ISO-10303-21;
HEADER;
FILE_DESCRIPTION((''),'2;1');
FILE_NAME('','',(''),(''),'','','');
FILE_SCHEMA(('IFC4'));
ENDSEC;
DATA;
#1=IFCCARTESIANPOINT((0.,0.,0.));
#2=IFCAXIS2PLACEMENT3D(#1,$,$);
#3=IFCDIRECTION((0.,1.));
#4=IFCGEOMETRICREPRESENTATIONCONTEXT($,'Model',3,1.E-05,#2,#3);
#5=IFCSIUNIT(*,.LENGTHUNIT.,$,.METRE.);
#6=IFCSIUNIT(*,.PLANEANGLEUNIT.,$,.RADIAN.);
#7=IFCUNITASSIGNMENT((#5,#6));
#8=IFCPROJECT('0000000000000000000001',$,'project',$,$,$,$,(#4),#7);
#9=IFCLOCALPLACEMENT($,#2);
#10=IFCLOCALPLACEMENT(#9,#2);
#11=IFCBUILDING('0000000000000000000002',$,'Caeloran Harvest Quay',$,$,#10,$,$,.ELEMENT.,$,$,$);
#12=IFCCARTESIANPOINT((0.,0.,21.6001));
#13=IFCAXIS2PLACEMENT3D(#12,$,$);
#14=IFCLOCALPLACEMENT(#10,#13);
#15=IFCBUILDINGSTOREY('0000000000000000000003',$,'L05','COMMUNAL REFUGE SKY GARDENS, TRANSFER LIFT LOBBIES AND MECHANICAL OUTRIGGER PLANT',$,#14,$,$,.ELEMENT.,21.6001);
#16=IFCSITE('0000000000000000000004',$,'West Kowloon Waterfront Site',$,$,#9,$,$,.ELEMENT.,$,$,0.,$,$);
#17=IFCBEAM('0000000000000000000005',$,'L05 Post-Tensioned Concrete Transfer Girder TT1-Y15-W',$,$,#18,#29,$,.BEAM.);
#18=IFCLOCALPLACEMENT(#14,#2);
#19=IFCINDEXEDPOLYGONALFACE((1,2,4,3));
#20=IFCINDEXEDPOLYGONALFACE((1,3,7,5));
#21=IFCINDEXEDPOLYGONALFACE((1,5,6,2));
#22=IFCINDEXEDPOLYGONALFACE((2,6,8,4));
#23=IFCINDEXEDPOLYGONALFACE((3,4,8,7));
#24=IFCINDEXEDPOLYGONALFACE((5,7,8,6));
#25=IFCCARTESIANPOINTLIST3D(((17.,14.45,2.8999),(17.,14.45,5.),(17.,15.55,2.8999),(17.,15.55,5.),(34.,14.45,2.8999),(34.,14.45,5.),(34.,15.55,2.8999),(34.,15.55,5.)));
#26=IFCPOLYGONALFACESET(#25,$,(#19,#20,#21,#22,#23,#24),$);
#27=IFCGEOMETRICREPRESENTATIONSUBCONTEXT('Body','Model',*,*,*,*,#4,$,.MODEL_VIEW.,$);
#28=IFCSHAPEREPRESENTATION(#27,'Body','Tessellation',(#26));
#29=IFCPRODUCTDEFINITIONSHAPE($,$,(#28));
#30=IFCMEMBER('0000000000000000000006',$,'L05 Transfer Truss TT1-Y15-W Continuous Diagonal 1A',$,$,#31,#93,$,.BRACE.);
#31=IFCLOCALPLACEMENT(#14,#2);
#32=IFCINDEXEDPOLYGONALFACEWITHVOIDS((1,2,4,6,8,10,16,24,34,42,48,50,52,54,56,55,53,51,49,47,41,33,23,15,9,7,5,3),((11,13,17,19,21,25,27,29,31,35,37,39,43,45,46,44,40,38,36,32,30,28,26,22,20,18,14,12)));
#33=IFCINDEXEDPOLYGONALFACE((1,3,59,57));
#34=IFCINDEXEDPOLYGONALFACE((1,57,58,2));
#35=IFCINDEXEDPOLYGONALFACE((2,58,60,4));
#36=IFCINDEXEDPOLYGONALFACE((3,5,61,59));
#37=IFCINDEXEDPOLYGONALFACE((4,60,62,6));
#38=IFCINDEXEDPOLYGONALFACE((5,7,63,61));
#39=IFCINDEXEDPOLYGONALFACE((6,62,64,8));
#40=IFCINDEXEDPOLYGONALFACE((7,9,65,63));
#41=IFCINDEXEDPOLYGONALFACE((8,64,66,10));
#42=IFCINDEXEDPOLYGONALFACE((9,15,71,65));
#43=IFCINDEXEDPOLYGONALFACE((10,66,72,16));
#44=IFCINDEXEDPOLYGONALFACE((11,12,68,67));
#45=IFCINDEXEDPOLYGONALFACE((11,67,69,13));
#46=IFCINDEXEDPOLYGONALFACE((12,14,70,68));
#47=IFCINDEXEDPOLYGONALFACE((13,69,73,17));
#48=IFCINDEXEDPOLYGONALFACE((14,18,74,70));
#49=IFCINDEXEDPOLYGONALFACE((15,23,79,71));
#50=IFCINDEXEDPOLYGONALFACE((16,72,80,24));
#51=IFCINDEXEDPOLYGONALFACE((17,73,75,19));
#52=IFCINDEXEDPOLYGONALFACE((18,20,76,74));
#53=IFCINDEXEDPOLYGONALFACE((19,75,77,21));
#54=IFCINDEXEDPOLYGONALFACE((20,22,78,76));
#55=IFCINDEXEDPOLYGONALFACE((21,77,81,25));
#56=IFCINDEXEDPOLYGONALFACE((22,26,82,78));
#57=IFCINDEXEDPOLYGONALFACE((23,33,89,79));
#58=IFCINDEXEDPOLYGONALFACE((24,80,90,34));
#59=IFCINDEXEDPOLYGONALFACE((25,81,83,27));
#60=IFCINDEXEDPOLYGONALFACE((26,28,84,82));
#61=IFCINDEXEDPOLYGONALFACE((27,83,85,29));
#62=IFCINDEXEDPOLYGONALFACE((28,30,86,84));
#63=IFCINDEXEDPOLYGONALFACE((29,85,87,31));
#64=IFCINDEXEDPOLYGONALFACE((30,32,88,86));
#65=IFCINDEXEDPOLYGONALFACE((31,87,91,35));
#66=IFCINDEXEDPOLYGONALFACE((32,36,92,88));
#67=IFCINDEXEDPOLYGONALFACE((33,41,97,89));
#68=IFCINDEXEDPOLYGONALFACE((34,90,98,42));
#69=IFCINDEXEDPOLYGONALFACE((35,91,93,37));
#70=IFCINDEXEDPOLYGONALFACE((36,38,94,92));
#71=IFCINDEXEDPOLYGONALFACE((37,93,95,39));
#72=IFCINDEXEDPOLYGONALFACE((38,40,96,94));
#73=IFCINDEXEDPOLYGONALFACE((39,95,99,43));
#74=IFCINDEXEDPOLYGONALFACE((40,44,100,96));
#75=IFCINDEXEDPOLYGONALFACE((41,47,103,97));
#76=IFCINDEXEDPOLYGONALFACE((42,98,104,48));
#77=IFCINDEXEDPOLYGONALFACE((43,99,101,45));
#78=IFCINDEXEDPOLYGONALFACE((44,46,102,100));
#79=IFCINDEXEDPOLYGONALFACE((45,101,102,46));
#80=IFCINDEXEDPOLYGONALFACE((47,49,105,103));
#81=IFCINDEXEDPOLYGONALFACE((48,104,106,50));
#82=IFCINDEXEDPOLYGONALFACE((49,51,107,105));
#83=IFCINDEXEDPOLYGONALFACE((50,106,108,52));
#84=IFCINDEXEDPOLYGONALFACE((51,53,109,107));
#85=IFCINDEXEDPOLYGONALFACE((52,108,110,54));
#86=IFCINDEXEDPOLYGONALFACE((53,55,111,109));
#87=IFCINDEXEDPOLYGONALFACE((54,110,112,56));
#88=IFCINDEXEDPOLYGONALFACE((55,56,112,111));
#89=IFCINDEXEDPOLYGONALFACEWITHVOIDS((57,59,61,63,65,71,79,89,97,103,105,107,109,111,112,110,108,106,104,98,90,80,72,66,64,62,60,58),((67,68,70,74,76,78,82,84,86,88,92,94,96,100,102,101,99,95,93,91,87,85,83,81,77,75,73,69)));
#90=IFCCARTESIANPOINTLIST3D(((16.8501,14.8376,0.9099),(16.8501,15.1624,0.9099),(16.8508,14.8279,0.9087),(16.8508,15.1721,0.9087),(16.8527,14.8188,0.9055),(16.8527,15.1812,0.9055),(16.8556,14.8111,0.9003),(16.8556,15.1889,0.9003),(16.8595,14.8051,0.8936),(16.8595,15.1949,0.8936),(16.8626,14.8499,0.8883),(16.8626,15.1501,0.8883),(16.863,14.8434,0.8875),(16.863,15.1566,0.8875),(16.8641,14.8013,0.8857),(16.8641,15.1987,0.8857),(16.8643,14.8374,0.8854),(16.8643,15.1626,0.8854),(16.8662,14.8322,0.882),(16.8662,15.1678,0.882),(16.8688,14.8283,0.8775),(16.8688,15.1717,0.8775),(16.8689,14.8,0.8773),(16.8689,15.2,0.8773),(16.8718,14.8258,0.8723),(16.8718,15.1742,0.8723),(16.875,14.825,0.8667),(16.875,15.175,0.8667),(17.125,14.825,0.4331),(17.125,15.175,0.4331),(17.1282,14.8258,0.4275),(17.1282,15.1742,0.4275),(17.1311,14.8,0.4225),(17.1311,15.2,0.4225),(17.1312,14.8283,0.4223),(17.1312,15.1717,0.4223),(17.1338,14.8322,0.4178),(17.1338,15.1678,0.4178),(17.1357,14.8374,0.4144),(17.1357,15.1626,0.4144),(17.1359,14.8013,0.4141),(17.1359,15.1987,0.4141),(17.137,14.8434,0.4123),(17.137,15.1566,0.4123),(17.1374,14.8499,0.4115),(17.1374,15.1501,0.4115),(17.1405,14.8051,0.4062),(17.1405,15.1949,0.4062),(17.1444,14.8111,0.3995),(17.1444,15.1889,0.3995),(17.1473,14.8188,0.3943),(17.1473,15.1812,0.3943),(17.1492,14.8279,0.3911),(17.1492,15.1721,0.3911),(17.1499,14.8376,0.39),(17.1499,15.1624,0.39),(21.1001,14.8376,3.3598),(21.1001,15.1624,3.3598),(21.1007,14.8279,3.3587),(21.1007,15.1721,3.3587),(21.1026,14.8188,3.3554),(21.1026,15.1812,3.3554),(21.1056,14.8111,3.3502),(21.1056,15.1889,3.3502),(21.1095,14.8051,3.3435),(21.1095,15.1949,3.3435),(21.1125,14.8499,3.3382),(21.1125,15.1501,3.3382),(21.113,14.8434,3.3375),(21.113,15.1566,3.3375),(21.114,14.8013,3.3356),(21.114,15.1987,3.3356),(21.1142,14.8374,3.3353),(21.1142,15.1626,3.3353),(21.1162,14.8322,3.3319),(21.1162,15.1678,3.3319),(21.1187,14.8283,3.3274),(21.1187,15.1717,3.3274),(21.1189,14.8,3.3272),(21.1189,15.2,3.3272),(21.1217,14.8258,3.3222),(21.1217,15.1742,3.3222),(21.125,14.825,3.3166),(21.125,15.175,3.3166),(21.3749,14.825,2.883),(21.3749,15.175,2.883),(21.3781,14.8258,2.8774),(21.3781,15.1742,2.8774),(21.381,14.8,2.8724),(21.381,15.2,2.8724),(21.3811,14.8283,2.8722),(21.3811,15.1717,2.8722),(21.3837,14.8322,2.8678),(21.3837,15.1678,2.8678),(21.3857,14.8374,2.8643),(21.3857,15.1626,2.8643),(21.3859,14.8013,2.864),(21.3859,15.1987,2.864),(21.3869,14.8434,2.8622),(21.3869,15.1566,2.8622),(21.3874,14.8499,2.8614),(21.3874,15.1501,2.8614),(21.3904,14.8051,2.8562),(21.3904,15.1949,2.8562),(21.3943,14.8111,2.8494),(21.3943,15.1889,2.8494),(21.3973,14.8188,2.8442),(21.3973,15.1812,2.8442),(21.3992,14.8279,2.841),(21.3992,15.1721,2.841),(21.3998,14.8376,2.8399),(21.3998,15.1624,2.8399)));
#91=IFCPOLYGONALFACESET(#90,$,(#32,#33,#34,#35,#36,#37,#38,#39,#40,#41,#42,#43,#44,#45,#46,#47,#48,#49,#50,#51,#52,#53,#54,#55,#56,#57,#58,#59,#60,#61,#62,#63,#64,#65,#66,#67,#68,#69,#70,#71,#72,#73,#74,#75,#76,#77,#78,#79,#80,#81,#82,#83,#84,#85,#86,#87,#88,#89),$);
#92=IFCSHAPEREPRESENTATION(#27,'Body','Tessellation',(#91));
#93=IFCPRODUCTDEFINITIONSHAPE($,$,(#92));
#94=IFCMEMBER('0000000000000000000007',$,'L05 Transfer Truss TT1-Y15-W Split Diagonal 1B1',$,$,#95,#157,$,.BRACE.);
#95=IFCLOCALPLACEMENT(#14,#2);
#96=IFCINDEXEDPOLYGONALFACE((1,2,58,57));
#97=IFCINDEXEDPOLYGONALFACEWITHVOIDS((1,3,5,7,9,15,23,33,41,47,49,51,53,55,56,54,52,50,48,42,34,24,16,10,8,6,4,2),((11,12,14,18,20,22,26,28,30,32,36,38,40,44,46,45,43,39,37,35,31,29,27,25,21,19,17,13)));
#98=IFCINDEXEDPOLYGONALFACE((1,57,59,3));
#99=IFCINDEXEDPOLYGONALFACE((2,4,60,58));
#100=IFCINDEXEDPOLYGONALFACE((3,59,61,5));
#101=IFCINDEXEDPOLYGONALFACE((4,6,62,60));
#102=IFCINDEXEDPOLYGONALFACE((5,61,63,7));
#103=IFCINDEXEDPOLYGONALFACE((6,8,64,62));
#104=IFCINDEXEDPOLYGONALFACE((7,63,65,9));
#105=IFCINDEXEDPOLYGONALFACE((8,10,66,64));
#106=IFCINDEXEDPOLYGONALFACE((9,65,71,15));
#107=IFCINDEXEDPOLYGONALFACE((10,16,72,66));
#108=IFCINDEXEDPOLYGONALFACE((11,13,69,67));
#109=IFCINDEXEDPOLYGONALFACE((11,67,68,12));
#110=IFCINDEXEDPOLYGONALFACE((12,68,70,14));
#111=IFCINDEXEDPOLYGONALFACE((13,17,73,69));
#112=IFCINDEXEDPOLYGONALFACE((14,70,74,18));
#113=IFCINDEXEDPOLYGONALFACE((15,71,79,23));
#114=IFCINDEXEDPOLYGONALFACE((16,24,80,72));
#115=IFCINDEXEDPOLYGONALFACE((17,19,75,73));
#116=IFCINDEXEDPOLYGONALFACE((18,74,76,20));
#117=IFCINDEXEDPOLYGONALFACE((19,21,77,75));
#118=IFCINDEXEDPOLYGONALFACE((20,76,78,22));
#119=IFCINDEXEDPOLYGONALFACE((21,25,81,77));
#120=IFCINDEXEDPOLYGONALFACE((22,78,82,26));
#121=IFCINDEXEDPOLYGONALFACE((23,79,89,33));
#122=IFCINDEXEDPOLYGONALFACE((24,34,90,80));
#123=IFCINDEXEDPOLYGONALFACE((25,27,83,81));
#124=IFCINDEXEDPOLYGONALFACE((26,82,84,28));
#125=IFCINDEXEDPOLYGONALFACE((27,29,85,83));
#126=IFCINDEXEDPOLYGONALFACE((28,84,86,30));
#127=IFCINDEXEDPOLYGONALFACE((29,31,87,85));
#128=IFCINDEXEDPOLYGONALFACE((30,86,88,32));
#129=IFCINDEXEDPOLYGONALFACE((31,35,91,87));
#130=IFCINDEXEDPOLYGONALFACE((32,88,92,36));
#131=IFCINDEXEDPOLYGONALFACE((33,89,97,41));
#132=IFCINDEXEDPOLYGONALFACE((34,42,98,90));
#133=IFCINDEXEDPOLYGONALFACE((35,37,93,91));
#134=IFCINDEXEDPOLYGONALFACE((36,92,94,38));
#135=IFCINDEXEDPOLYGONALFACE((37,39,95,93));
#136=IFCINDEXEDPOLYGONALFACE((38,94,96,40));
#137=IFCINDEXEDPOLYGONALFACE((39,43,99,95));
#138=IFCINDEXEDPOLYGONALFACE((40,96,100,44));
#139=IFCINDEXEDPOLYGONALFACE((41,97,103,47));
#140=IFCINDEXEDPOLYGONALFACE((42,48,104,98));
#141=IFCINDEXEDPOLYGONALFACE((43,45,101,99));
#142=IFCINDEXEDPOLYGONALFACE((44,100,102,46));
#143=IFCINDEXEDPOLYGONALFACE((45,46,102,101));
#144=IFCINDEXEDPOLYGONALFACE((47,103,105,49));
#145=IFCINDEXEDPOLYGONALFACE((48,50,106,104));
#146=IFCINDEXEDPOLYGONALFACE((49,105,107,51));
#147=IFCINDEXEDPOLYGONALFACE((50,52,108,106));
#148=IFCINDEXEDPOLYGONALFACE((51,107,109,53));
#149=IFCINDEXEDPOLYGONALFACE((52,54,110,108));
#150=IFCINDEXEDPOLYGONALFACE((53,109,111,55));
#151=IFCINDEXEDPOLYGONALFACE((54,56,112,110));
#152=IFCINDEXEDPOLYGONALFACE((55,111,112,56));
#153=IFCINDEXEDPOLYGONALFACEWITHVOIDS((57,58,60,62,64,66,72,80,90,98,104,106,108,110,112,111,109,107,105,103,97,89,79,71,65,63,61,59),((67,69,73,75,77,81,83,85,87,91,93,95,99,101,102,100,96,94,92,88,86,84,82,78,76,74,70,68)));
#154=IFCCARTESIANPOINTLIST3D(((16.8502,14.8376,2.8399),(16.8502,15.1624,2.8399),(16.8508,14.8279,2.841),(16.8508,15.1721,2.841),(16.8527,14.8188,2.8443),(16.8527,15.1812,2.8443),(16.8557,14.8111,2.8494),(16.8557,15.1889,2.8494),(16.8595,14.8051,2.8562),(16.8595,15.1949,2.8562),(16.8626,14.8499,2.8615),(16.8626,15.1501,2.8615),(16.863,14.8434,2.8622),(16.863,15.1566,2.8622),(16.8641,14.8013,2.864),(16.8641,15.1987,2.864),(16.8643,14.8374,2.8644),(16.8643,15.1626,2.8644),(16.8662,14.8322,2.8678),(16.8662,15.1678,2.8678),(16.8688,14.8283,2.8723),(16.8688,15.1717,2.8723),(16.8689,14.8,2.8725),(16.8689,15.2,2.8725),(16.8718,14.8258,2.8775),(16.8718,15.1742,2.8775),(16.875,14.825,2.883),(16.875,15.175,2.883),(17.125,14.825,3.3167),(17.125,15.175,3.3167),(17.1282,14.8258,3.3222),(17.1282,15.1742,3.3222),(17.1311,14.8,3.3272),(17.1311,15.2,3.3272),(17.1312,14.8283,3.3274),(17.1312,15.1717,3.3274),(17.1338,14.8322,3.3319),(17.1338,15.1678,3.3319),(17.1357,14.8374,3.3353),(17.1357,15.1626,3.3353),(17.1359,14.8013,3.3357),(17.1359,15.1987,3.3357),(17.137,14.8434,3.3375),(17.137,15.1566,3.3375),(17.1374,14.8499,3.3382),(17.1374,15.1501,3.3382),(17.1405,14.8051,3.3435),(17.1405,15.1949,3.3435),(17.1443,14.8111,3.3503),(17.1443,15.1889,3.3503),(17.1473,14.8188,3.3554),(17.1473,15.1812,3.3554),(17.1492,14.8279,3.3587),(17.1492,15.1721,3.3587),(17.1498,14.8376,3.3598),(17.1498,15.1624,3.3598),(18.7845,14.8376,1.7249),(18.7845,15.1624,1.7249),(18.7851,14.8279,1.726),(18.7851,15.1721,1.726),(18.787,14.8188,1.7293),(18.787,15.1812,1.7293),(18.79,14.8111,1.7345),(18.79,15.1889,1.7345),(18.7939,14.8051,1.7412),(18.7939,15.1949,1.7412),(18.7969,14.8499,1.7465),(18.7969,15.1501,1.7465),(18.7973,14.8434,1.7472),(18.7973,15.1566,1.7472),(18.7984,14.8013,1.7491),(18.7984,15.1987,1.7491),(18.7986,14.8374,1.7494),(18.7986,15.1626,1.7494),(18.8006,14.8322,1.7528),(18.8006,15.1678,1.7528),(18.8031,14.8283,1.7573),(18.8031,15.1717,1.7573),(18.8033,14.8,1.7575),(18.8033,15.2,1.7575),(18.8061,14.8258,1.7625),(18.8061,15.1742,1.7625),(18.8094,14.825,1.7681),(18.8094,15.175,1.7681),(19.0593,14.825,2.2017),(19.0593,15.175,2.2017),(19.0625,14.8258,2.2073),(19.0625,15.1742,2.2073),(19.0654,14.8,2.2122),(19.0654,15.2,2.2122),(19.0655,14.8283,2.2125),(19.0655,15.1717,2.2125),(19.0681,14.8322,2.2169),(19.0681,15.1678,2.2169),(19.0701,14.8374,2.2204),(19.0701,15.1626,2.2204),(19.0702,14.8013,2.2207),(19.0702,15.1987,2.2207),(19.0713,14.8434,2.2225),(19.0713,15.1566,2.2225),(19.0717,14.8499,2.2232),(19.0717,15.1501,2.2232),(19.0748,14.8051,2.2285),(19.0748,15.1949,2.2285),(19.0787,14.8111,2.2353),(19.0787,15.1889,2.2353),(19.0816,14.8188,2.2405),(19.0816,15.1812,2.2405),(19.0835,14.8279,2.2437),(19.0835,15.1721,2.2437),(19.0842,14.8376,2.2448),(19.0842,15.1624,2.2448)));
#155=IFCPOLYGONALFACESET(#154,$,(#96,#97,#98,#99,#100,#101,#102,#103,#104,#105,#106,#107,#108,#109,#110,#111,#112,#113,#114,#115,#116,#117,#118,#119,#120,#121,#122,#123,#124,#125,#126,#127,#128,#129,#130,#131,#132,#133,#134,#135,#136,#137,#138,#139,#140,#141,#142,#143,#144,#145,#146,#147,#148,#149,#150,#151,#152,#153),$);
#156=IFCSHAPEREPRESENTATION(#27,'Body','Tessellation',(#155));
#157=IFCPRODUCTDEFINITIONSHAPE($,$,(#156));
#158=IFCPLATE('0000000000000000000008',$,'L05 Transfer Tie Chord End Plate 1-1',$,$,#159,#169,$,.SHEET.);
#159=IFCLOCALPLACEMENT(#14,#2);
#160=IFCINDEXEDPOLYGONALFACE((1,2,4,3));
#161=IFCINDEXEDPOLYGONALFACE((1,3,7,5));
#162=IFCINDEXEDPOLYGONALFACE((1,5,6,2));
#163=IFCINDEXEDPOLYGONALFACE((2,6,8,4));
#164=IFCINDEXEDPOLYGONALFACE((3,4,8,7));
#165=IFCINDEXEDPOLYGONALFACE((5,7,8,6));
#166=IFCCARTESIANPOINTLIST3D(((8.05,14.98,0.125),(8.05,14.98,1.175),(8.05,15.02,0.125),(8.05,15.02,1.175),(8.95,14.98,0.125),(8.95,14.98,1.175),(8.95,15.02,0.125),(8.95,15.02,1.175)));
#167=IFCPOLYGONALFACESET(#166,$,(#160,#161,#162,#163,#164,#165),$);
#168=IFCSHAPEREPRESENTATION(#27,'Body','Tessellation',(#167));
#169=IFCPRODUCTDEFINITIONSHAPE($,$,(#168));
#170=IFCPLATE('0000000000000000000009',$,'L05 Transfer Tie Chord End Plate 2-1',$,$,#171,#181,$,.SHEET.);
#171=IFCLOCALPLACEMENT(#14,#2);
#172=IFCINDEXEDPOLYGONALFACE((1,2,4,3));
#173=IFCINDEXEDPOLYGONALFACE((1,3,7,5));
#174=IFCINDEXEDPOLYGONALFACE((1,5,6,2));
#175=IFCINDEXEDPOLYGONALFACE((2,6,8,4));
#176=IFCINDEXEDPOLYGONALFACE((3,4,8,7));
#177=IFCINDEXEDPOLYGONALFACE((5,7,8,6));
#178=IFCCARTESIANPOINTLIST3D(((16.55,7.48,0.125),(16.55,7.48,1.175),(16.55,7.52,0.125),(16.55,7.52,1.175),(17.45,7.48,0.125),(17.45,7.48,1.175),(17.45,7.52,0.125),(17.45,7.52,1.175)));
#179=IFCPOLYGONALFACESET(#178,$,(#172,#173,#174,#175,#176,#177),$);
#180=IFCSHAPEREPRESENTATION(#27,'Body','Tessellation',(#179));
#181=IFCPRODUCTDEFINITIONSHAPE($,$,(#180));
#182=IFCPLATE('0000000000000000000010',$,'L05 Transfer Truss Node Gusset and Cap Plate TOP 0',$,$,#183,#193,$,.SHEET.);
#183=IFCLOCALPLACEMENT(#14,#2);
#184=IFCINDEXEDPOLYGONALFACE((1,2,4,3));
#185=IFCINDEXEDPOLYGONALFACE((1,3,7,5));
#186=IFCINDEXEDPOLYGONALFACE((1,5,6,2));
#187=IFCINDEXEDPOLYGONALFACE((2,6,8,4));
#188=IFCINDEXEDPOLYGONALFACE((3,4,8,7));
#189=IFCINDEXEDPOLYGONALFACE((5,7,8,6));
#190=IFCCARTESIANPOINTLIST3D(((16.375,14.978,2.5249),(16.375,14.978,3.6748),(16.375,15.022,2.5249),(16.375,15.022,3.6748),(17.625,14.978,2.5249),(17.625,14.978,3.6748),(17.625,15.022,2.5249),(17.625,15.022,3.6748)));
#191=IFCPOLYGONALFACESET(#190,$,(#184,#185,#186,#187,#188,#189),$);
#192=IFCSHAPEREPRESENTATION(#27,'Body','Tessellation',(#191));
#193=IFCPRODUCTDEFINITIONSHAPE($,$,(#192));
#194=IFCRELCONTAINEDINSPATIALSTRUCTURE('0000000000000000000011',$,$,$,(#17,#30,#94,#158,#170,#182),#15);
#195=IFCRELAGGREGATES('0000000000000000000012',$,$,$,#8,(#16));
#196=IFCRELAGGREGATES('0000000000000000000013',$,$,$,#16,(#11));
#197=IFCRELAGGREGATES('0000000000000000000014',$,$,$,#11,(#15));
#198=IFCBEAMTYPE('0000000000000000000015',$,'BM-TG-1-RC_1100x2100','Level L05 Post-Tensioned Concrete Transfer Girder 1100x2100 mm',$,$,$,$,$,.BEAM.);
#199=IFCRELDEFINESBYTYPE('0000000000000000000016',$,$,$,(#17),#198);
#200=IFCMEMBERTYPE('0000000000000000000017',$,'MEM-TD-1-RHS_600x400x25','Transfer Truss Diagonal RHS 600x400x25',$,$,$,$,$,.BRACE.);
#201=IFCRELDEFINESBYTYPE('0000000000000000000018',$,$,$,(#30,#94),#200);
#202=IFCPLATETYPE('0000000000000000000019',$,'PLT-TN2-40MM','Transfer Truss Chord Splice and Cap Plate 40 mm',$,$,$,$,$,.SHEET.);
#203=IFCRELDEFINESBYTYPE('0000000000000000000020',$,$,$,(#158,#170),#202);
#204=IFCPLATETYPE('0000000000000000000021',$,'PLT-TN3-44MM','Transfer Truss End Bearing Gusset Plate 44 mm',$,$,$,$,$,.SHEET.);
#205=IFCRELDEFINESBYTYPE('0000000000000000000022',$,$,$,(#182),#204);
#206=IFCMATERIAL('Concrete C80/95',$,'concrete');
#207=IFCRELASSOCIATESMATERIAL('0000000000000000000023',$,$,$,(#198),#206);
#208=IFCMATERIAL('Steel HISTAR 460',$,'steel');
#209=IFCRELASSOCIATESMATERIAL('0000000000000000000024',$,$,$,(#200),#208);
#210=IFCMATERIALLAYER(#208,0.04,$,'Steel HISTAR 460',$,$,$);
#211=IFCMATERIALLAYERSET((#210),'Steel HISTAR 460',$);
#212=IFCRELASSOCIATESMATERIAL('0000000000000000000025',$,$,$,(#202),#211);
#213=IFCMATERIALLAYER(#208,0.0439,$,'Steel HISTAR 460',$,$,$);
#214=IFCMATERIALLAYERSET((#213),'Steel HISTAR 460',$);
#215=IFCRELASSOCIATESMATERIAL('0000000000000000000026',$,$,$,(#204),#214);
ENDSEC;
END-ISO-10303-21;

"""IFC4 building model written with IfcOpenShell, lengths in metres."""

from ifc_helpers import new_model, si_unit, direction, frame, origin, origin_2d, place, context, subcontext, project, spatial, rectangle, hollow_rectangle, extrude, material, layer, layer_set, material_profile, profile_set, type_object, element, save


model = new_model("IFC4")

# Units and contexts
model_context = context("Model", 3, precision=1e-05, world=origin(), true_north=direction((0.0, 1.0)))
body_context = subcontext(model_context, "Body", "Model", "MODEL_VIEW")
ifc_project = project(units=[si_unit("LENGTHUNIT", "METRE"), si_unit("PLANEANGLEUNIT", "RADIAN")], contexts=[model_context])

# Site, building, storey
site_placement = place(None, origin())
site = spatial("IfcSite", under=ifc_project, at=site_placement, Name="West Kowloon Waterfront Site", CompositionType="ELEMENT", RefElevation=0.0)
building_placement = place(site_placement, origin())
building = spatial("IfcBuilding", under=site, at=building_placement, Name="Caeloran Harvest Quay", CompositionType="ELEMENT")
storey_placement = place(building_placement, frame((0.0, 0.0, 21.6001)))
storey = spatial("IfcBuildingStorey", under=building, at=storey_placement, Name="L05", Description="COMMUNAL REFUGE SKY GARDENS, TRANSFER LIFT LOBBIES AND MECHANICAL OUTRIGGER PLANT", CompositionType="ELEMENT", Elevation=21.6001)

# Shared definitions
ifc_material_1 = material(Name="Concrete C80/95", Category="concrete")

# Beam
ifc_material_2 = material(Name="Steel HISTAR 460", Category="steel")
ifc_material_profile_1 = material_profile(ifc_material_1, rectangle(XDim=1.1001, YDim=2.1001, at=origin_2d()), Name="BM-TG-1-RC_1100x2100")
ifc_profile_set_1 = profile_set([ifc_material_profile_1], Name="Concrete C80/95")
beam_type_1 = type_object("IfcBeamType", Name="BM-TG-1-RC_1100x2100", Description="Level L05 Post-Tensioned Concrete Transfer Girder 1100x2100 mm", PredefinedType="BEAM", material=ifc_profile_set_1)
beam_1_placement = place(storey_placement, frame((17.0, 15.0, 3.95), z_axis=(1.0, 0.0, 0.0), x_axis=(0.0, 1.0, 0.0)))
element("IfcBeam", 1, at=beam_1_placement, inside=storey, type_object=beam_type_1, Name="L05 Post-Tensioned Concrete Transfer Girder TT1-Y15-W", PredefinedType="BEAM", context=body_context, shape_type="SweptSolid", body=[
    extrude(rectangle(XDim=1.1001, YDim=2.1001, at=origin_2d()), origin(), (0.0, 0.0, 1.0), 17.0),
])

# Members
ifc_material_profile_2 = material_profile(ifc_material_2, hollow_rectangle(XDim=0.3999, YDim=0.6001, WallThickness=0.0249, InnerFilletRadius=0.0249, OuterFilletRadius=0.0376, at=origin_2d()), Name="RHS 600x400x25")
ifc_profile_set_2 = profile_set([ifc_material_profile_2], Name="Steel HISTAR 460")
member_type = type_object("IfcMemberType", Name="MEM-TD-1-RHS_600x400x25", Description="Transfer Truss Diagonal RHS 600x400x25", PredefinedType="BRACE", material=ifc_profile_set_2)
member_1_placement = place(storey_placement, frame((17.0, 15.0, 0.6499), z_axis=(0.86636, 0.0, 0.499421), x_axis=(0.0, 1.0, 0.0)))
element("IfcMember", 2, at=member_1_placement, inside=storey, type_object=member_type, Name="L05 Transfer Truss TT1-Y15-W Continuous Diagonal 1A", PredefinedType="BRACE", context=body_context, shape_type="SweptSolid", body=[
    extrude(hollow_rectangle(XDim=0.3999, YDim=0.6001, WallThickness=0.0249, InnerFilletRadius=0.0249, OuterFilletRadius=0.0376, at=origin_2d()), origin(), (0.0, 0.0, 1.0), 4.9055),
])
member_2_placement = place(storey_placement, frame((17.0, 15.0, 3.0999), z_axis=(0.866373, 0.0, -0.499397), x_axis=(0.0, 1.0, 0.0)))
element("IfcMember", 3, at=member_2_placement, inside=storey, type_object=member_type, Name="L05 Transfer Truss TT1-Y15-W Split Diagonal 1B1", PredefinedType="BRACE", context=body_context, shape_type="SweptSolid", body=[
    extrude(hollow_rectangle(XDim=0.3999, YDim=0.6001, WallThickness=0.0249, InnerFilletRadius=0.0249, OuterFilletRadius=0.0376, at=origin_2d()), origin(), (0.0, 0.0, 1.0), 2.2327),
])

# Plates
ifc_layer_1 = layer(ifc_material_2, 0.04, Name="Steel HISTAR 460")
ifc_layer_set_1 = layer_set([ifc_layer_1], Name="Steel HISTAR 460")
plate_type_1 = type_object("IfcPlateType", Name="PLT-TN2-40MM", Description="Transfer Truss Chord Splice and Cap Plate 40 mm", PredefinedType="SHEET", material=ifc_layer_set_1)
for number, where, z_axis, x_axis, name in (
    (4, (8.5, 15.0, 0.125), (0.0, 0.0, 1.0), (1.0, 0.0, 0.0), "L05 Transfer Tie Chord End Plate 1-1"),
    (5, (17.0, 7.5, 0.125), (0.0, 0.0, 1.0), (1.0, 0.0, 0.0), "L05 Transfer Tie Chord End Plate 2-1"),
):
    element("IfcPlate", number, at=place(storey_placement, frame(where, z_axis=z_axis, x_axis=x_axis)), inside=storey, type_object=plate_type_1, Name=name, PredefinedType="SHEET", context=body_context, shape_type="SweptSolid", body=[
        extrude(rectangle(XDim=0.8999, YDim=0.04, at=origin_2d()), origin(), (0.0, 0.0, 1.0), 1.05),
    ])
ifc_layer_2 = layer(ifc_material_2, 0.0439, Name="Steel HISTAR 460")
ifc_layer_set_2 = layer_set([ifc_layer_2], Name="Steel HISTAR 460")
plate_type_2 = type_object("IfcPlateType", Name="PLT-TN3-44MM", Description="Transfer Truss End Bearing Gusset Plate 44 mm", PredefinedType="SHEET", material=ifc_layer_set_2)
plate_placement = place(storey_placement, frame((17.0, 15.0, 2.5249), z_axis=(0.0, 0.0, 1.0), x_axis=(1.0, 0.0, 0.0)))
element("IfcPlate", 6, at=plate_placement, inside=storey, type_object=plate_type_2, Name="L05 Transfer Truss Node Gusset and Cap Plate TOP 0", PredefinedType="SHEET", context=body_context, shape_type="SweptSolid", body=[
    extrude(rectangle(XDim=1.25, YDim=0.0439, at=origin_2d()), origin(), (0.0, 0.0, 1.0), 1.1499),
])

save(model, "model.ifc")
